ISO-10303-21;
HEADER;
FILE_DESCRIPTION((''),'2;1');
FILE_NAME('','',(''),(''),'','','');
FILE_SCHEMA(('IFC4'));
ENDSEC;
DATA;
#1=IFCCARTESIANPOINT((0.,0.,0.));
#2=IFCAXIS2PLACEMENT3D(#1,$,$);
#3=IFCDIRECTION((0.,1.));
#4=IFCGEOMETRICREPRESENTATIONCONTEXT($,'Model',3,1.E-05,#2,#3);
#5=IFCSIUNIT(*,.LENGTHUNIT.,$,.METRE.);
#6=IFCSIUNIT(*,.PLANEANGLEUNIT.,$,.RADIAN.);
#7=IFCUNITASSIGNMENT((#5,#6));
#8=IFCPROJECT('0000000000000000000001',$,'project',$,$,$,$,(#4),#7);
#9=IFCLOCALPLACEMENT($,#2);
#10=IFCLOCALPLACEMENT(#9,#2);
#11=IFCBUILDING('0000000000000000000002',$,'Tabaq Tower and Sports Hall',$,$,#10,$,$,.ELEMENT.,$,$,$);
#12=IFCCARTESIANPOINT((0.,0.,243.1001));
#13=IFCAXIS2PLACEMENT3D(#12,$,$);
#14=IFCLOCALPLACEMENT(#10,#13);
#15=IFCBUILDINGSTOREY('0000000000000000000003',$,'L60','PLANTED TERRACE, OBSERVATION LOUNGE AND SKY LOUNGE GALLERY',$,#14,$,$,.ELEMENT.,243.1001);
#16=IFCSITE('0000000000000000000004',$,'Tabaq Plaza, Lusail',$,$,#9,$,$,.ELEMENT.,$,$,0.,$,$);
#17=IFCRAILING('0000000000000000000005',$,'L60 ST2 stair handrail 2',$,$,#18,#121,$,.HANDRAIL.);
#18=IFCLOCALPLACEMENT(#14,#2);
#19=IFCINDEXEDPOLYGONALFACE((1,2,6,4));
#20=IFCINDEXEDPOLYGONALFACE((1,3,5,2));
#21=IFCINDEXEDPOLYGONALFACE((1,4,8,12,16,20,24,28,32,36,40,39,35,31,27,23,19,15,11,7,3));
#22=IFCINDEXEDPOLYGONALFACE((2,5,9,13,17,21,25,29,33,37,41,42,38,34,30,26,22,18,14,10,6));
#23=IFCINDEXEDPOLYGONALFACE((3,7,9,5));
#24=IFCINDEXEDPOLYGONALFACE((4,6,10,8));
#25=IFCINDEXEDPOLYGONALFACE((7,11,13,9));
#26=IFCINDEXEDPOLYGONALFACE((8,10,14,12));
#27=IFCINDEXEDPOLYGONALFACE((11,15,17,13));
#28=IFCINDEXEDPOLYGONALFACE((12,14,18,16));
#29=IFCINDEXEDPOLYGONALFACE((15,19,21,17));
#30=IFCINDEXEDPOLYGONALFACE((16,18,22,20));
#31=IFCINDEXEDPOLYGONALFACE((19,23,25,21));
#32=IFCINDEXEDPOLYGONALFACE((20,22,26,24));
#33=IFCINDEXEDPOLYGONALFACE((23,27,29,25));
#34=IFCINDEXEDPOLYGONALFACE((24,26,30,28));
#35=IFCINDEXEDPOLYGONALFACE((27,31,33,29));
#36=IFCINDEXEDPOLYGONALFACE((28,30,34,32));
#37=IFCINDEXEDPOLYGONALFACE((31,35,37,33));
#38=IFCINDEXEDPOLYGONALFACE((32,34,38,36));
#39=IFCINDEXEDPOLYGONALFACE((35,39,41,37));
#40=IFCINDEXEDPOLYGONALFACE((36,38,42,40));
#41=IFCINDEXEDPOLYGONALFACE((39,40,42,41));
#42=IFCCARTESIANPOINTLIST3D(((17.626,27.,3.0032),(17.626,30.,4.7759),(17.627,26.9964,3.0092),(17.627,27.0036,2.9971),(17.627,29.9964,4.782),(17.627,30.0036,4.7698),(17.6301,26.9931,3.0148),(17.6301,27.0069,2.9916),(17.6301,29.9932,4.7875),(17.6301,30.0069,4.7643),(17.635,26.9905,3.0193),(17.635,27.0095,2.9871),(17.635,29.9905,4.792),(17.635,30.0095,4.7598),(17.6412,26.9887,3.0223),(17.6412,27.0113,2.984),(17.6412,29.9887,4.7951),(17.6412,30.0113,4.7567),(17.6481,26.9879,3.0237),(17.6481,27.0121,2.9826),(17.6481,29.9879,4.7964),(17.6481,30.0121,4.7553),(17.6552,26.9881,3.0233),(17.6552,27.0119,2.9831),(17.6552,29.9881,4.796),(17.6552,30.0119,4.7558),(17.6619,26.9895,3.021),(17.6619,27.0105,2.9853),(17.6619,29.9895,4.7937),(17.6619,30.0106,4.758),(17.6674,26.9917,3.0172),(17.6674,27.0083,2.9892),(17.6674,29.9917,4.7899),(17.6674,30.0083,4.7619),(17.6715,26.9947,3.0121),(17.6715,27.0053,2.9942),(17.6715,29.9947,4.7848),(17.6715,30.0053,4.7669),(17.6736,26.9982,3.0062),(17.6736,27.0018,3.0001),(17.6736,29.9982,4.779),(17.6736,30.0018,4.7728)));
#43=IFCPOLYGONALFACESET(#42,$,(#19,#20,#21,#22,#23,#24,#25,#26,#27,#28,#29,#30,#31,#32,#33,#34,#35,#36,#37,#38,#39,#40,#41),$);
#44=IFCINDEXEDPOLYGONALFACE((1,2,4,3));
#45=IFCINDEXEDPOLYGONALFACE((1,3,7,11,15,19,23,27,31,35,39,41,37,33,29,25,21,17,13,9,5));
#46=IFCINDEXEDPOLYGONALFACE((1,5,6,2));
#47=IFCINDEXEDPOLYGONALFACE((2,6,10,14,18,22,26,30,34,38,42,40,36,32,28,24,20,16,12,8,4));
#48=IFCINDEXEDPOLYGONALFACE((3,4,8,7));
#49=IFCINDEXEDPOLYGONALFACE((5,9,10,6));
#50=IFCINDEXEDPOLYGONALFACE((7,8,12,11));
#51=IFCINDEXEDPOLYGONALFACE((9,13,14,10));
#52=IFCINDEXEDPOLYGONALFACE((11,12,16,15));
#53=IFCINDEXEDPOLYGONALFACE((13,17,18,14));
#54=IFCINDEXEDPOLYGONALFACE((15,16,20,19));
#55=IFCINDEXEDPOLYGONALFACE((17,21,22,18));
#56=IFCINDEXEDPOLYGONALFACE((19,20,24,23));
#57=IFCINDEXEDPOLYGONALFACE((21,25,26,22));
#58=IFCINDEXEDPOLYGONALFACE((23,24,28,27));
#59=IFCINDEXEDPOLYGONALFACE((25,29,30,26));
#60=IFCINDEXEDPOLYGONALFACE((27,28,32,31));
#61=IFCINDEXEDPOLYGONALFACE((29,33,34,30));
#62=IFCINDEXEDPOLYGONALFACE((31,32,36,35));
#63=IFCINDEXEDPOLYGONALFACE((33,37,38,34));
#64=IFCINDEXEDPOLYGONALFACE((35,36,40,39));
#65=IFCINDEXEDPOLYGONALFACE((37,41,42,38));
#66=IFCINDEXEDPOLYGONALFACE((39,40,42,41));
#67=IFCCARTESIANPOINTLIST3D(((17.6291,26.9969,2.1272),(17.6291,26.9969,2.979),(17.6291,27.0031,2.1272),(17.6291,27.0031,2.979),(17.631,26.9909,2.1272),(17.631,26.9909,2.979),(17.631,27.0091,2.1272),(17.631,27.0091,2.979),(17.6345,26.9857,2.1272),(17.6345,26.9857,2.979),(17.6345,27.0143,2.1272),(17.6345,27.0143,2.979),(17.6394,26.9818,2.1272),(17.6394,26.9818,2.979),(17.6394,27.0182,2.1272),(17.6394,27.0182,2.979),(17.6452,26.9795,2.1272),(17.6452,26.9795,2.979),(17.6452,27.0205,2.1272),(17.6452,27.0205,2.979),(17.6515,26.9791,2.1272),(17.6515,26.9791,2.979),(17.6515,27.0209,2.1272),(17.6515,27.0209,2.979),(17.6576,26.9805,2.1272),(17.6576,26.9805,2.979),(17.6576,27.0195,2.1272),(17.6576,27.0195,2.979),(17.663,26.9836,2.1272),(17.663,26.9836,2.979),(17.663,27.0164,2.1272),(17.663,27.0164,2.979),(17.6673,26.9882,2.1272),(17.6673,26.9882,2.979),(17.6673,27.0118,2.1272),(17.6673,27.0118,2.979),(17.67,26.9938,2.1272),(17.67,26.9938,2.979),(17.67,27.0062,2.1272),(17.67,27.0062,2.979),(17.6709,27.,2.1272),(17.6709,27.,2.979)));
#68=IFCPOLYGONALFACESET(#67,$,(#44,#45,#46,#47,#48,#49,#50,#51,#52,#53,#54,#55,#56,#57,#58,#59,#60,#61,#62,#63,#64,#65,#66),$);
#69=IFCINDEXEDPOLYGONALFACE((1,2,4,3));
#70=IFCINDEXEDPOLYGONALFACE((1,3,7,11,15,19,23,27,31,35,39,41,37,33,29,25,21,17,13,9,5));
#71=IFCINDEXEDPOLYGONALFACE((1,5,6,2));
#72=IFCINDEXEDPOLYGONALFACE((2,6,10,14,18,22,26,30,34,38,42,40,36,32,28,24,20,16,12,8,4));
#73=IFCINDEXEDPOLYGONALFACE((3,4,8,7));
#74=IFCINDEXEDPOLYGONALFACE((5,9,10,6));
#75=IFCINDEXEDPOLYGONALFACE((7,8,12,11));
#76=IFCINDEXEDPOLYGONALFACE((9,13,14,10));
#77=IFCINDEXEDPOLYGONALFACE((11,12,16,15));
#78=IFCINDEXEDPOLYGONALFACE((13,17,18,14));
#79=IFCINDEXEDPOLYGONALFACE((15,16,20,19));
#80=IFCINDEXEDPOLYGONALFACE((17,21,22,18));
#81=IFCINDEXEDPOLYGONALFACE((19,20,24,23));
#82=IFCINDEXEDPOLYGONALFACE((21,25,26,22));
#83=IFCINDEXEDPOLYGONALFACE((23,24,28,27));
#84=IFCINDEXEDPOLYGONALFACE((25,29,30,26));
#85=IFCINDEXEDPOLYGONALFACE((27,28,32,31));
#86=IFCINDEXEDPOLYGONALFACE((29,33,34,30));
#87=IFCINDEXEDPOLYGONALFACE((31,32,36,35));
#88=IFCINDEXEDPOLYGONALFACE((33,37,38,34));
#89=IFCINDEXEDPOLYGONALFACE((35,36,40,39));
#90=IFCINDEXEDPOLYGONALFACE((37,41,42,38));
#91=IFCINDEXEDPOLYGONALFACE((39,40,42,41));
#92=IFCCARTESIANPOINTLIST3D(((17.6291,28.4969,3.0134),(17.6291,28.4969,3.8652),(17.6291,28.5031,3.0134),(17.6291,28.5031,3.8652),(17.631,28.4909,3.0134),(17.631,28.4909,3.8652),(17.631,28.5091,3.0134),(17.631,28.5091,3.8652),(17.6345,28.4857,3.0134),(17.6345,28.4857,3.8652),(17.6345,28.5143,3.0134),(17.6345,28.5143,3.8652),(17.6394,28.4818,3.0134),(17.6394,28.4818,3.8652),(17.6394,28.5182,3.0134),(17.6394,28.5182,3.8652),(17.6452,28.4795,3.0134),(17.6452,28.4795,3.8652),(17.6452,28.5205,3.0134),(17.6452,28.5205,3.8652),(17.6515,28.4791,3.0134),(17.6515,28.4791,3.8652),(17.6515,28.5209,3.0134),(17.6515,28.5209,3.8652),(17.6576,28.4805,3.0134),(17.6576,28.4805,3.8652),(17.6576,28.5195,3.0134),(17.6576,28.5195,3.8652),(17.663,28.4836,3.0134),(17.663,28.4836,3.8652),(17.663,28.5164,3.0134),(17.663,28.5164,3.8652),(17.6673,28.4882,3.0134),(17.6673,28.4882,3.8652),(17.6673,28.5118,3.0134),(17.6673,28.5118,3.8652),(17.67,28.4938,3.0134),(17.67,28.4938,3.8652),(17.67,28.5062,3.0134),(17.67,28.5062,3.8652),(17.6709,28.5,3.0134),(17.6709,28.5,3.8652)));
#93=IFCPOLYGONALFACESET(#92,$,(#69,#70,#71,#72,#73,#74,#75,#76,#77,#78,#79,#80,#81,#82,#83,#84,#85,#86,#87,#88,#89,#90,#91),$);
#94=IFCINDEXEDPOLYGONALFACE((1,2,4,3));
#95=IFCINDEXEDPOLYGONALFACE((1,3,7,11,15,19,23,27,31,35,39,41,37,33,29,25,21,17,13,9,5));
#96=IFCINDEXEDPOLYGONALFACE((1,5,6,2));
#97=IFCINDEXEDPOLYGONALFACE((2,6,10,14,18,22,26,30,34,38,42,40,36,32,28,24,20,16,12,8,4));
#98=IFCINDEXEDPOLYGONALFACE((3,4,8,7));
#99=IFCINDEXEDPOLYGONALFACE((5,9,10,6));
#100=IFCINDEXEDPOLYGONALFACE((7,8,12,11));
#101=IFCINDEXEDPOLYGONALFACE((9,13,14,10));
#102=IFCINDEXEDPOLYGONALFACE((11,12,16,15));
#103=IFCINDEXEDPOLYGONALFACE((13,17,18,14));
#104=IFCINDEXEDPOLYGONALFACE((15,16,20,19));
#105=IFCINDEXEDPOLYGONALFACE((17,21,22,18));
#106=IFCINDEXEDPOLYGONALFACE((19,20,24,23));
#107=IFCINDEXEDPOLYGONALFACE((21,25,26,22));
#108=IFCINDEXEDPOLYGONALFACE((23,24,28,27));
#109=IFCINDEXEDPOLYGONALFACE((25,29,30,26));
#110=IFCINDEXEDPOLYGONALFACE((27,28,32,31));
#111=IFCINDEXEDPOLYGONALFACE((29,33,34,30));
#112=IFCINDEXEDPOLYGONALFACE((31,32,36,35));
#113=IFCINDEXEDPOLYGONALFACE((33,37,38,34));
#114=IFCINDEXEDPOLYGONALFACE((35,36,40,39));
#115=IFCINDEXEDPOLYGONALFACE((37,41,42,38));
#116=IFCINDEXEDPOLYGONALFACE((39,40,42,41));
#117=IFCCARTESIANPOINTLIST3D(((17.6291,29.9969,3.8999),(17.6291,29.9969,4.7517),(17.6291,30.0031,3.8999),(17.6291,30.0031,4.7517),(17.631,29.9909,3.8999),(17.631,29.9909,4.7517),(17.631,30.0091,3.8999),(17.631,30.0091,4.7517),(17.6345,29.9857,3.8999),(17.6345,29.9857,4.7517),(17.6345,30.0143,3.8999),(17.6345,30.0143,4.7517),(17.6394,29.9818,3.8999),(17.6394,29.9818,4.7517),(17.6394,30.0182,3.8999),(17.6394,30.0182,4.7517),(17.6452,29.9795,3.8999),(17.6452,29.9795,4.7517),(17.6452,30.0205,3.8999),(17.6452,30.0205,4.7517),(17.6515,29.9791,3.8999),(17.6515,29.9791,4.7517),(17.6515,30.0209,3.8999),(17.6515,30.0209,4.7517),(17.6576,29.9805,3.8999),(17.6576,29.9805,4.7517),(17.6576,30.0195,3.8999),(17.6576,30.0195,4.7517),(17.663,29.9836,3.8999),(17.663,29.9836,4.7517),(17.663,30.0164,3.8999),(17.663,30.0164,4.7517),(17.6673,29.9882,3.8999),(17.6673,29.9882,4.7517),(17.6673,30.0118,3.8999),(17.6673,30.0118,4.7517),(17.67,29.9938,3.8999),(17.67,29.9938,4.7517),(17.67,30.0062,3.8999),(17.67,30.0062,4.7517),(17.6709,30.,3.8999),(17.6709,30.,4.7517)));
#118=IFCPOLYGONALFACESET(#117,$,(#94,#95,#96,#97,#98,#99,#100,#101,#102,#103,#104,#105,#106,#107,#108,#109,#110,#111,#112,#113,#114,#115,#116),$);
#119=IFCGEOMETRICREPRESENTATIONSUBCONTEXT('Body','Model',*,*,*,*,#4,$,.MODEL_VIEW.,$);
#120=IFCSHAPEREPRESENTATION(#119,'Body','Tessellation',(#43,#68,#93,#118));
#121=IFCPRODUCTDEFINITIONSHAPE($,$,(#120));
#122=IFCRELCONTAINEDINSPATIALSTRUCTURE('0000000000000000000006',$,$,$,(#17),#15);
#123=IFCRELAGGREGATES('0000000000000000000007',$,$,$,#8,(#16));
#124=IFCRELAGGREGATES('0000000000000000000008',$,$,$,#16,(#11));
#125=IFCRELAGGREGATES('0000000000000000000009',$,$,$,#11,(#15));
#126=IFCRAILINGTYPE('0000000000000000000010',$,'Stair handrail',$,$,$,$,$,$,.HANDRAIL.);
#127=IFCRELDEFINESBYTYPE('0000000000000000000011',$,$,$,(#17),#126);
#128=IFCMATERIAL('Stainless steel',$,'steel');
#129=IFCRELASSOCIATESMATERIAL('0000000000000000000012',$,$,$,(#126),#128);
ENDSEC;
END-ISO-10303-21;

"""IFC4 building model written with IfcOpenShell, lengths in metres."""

from ifc_helpers import new_model, si_unit, direction, frame, origin, origin_2d, place, context, subcontext, project, spatial, circle, extrude, material, type_object, element, save


model = new_model("IFC4")

# Units and contexts
model_context = context("Model", 3, precision=1e-05, world=origin(), true_north=direction((0.0, 1.0)))
body_context = subcontext(model_context, "Body", "Model", "MODEL_VIEW")
ifc_project = project(units=[si_unit("LENGTHUNIT", "METRE"), si_unit("PLANEANGLEUNIT", "RADIAN")], contexts=[model_context])

# Site, building, storey
site_placement = place(None, origin())
site = spatial("IfcSite", under=ifc_project, at=site_placement, Name="Tabaq Plaza, Lusail", CompositionType="ELEMENT", RefElevation=0.0)
building_placement = place(site_placement, origin())
building = spatial("IfcBuilding", under=site, at=building_placement, Name="Tabaq Tower and Sports Hall", CompositionType="ELEMENT")
storey_placement = place(building_placement, frame((0.0, 0.0, 243.1001)))
storey = spatial("IfcBuildingStorey", under=building, at=storey_placement, Name="L60", Description="PLANTED TERRACE, OBSERVATION LOUNGE AND SKY LOUNGE GALLERY", CompositionType="ELEMENT", Elevation=243.1001)

# Railing
ifc_material_1 = material(Name="Stainless steel", Category="steel")
railing_type_1 = type_object("IfcRailingType", Name="Stair handrail", PredefinedType="HANDRAIL", material=ifc_material_1)
railing_1_placement = place(storey_placement, frame((17.6499, 27.0, 2.1272)))
element("IfcRailing", 1, at=railing_1_placement, inside=storey, type_object=railing_type_1, Name="L60 ST2 stair handrail 2", PredefinedType="HANDRAIL", context=body_context, shape_type="SweptSolid", body=[
    extrude(circle(Radius=0.0239, at=origin_2d()), frame((0.0, 0.0, 0.876), z_axis=(0.0, 0.860929, 0.508725), x_axis=(-1.0, 0.0, 0.0)), (0.0, 0.0, 1.0), 3.4846),
    extrude(circle(Radius=0.021, at=origin_2d()), origin(), (0.0, 0.0, 1.0), 0.8518),
    extrude(circle(Radius=0.021, at=origin_2d()), frame((0.0, 1.5, 0.8862)), (0.0, 0.0, 1.0), 0.8518),
    extrude(circle(Radius=0.021, at=origin_2d()), frame((0.0, 3.0, 1.7727)), (0.0, 0.0, 1.0), 0.8518),
])

save(model, "model.ifc")
